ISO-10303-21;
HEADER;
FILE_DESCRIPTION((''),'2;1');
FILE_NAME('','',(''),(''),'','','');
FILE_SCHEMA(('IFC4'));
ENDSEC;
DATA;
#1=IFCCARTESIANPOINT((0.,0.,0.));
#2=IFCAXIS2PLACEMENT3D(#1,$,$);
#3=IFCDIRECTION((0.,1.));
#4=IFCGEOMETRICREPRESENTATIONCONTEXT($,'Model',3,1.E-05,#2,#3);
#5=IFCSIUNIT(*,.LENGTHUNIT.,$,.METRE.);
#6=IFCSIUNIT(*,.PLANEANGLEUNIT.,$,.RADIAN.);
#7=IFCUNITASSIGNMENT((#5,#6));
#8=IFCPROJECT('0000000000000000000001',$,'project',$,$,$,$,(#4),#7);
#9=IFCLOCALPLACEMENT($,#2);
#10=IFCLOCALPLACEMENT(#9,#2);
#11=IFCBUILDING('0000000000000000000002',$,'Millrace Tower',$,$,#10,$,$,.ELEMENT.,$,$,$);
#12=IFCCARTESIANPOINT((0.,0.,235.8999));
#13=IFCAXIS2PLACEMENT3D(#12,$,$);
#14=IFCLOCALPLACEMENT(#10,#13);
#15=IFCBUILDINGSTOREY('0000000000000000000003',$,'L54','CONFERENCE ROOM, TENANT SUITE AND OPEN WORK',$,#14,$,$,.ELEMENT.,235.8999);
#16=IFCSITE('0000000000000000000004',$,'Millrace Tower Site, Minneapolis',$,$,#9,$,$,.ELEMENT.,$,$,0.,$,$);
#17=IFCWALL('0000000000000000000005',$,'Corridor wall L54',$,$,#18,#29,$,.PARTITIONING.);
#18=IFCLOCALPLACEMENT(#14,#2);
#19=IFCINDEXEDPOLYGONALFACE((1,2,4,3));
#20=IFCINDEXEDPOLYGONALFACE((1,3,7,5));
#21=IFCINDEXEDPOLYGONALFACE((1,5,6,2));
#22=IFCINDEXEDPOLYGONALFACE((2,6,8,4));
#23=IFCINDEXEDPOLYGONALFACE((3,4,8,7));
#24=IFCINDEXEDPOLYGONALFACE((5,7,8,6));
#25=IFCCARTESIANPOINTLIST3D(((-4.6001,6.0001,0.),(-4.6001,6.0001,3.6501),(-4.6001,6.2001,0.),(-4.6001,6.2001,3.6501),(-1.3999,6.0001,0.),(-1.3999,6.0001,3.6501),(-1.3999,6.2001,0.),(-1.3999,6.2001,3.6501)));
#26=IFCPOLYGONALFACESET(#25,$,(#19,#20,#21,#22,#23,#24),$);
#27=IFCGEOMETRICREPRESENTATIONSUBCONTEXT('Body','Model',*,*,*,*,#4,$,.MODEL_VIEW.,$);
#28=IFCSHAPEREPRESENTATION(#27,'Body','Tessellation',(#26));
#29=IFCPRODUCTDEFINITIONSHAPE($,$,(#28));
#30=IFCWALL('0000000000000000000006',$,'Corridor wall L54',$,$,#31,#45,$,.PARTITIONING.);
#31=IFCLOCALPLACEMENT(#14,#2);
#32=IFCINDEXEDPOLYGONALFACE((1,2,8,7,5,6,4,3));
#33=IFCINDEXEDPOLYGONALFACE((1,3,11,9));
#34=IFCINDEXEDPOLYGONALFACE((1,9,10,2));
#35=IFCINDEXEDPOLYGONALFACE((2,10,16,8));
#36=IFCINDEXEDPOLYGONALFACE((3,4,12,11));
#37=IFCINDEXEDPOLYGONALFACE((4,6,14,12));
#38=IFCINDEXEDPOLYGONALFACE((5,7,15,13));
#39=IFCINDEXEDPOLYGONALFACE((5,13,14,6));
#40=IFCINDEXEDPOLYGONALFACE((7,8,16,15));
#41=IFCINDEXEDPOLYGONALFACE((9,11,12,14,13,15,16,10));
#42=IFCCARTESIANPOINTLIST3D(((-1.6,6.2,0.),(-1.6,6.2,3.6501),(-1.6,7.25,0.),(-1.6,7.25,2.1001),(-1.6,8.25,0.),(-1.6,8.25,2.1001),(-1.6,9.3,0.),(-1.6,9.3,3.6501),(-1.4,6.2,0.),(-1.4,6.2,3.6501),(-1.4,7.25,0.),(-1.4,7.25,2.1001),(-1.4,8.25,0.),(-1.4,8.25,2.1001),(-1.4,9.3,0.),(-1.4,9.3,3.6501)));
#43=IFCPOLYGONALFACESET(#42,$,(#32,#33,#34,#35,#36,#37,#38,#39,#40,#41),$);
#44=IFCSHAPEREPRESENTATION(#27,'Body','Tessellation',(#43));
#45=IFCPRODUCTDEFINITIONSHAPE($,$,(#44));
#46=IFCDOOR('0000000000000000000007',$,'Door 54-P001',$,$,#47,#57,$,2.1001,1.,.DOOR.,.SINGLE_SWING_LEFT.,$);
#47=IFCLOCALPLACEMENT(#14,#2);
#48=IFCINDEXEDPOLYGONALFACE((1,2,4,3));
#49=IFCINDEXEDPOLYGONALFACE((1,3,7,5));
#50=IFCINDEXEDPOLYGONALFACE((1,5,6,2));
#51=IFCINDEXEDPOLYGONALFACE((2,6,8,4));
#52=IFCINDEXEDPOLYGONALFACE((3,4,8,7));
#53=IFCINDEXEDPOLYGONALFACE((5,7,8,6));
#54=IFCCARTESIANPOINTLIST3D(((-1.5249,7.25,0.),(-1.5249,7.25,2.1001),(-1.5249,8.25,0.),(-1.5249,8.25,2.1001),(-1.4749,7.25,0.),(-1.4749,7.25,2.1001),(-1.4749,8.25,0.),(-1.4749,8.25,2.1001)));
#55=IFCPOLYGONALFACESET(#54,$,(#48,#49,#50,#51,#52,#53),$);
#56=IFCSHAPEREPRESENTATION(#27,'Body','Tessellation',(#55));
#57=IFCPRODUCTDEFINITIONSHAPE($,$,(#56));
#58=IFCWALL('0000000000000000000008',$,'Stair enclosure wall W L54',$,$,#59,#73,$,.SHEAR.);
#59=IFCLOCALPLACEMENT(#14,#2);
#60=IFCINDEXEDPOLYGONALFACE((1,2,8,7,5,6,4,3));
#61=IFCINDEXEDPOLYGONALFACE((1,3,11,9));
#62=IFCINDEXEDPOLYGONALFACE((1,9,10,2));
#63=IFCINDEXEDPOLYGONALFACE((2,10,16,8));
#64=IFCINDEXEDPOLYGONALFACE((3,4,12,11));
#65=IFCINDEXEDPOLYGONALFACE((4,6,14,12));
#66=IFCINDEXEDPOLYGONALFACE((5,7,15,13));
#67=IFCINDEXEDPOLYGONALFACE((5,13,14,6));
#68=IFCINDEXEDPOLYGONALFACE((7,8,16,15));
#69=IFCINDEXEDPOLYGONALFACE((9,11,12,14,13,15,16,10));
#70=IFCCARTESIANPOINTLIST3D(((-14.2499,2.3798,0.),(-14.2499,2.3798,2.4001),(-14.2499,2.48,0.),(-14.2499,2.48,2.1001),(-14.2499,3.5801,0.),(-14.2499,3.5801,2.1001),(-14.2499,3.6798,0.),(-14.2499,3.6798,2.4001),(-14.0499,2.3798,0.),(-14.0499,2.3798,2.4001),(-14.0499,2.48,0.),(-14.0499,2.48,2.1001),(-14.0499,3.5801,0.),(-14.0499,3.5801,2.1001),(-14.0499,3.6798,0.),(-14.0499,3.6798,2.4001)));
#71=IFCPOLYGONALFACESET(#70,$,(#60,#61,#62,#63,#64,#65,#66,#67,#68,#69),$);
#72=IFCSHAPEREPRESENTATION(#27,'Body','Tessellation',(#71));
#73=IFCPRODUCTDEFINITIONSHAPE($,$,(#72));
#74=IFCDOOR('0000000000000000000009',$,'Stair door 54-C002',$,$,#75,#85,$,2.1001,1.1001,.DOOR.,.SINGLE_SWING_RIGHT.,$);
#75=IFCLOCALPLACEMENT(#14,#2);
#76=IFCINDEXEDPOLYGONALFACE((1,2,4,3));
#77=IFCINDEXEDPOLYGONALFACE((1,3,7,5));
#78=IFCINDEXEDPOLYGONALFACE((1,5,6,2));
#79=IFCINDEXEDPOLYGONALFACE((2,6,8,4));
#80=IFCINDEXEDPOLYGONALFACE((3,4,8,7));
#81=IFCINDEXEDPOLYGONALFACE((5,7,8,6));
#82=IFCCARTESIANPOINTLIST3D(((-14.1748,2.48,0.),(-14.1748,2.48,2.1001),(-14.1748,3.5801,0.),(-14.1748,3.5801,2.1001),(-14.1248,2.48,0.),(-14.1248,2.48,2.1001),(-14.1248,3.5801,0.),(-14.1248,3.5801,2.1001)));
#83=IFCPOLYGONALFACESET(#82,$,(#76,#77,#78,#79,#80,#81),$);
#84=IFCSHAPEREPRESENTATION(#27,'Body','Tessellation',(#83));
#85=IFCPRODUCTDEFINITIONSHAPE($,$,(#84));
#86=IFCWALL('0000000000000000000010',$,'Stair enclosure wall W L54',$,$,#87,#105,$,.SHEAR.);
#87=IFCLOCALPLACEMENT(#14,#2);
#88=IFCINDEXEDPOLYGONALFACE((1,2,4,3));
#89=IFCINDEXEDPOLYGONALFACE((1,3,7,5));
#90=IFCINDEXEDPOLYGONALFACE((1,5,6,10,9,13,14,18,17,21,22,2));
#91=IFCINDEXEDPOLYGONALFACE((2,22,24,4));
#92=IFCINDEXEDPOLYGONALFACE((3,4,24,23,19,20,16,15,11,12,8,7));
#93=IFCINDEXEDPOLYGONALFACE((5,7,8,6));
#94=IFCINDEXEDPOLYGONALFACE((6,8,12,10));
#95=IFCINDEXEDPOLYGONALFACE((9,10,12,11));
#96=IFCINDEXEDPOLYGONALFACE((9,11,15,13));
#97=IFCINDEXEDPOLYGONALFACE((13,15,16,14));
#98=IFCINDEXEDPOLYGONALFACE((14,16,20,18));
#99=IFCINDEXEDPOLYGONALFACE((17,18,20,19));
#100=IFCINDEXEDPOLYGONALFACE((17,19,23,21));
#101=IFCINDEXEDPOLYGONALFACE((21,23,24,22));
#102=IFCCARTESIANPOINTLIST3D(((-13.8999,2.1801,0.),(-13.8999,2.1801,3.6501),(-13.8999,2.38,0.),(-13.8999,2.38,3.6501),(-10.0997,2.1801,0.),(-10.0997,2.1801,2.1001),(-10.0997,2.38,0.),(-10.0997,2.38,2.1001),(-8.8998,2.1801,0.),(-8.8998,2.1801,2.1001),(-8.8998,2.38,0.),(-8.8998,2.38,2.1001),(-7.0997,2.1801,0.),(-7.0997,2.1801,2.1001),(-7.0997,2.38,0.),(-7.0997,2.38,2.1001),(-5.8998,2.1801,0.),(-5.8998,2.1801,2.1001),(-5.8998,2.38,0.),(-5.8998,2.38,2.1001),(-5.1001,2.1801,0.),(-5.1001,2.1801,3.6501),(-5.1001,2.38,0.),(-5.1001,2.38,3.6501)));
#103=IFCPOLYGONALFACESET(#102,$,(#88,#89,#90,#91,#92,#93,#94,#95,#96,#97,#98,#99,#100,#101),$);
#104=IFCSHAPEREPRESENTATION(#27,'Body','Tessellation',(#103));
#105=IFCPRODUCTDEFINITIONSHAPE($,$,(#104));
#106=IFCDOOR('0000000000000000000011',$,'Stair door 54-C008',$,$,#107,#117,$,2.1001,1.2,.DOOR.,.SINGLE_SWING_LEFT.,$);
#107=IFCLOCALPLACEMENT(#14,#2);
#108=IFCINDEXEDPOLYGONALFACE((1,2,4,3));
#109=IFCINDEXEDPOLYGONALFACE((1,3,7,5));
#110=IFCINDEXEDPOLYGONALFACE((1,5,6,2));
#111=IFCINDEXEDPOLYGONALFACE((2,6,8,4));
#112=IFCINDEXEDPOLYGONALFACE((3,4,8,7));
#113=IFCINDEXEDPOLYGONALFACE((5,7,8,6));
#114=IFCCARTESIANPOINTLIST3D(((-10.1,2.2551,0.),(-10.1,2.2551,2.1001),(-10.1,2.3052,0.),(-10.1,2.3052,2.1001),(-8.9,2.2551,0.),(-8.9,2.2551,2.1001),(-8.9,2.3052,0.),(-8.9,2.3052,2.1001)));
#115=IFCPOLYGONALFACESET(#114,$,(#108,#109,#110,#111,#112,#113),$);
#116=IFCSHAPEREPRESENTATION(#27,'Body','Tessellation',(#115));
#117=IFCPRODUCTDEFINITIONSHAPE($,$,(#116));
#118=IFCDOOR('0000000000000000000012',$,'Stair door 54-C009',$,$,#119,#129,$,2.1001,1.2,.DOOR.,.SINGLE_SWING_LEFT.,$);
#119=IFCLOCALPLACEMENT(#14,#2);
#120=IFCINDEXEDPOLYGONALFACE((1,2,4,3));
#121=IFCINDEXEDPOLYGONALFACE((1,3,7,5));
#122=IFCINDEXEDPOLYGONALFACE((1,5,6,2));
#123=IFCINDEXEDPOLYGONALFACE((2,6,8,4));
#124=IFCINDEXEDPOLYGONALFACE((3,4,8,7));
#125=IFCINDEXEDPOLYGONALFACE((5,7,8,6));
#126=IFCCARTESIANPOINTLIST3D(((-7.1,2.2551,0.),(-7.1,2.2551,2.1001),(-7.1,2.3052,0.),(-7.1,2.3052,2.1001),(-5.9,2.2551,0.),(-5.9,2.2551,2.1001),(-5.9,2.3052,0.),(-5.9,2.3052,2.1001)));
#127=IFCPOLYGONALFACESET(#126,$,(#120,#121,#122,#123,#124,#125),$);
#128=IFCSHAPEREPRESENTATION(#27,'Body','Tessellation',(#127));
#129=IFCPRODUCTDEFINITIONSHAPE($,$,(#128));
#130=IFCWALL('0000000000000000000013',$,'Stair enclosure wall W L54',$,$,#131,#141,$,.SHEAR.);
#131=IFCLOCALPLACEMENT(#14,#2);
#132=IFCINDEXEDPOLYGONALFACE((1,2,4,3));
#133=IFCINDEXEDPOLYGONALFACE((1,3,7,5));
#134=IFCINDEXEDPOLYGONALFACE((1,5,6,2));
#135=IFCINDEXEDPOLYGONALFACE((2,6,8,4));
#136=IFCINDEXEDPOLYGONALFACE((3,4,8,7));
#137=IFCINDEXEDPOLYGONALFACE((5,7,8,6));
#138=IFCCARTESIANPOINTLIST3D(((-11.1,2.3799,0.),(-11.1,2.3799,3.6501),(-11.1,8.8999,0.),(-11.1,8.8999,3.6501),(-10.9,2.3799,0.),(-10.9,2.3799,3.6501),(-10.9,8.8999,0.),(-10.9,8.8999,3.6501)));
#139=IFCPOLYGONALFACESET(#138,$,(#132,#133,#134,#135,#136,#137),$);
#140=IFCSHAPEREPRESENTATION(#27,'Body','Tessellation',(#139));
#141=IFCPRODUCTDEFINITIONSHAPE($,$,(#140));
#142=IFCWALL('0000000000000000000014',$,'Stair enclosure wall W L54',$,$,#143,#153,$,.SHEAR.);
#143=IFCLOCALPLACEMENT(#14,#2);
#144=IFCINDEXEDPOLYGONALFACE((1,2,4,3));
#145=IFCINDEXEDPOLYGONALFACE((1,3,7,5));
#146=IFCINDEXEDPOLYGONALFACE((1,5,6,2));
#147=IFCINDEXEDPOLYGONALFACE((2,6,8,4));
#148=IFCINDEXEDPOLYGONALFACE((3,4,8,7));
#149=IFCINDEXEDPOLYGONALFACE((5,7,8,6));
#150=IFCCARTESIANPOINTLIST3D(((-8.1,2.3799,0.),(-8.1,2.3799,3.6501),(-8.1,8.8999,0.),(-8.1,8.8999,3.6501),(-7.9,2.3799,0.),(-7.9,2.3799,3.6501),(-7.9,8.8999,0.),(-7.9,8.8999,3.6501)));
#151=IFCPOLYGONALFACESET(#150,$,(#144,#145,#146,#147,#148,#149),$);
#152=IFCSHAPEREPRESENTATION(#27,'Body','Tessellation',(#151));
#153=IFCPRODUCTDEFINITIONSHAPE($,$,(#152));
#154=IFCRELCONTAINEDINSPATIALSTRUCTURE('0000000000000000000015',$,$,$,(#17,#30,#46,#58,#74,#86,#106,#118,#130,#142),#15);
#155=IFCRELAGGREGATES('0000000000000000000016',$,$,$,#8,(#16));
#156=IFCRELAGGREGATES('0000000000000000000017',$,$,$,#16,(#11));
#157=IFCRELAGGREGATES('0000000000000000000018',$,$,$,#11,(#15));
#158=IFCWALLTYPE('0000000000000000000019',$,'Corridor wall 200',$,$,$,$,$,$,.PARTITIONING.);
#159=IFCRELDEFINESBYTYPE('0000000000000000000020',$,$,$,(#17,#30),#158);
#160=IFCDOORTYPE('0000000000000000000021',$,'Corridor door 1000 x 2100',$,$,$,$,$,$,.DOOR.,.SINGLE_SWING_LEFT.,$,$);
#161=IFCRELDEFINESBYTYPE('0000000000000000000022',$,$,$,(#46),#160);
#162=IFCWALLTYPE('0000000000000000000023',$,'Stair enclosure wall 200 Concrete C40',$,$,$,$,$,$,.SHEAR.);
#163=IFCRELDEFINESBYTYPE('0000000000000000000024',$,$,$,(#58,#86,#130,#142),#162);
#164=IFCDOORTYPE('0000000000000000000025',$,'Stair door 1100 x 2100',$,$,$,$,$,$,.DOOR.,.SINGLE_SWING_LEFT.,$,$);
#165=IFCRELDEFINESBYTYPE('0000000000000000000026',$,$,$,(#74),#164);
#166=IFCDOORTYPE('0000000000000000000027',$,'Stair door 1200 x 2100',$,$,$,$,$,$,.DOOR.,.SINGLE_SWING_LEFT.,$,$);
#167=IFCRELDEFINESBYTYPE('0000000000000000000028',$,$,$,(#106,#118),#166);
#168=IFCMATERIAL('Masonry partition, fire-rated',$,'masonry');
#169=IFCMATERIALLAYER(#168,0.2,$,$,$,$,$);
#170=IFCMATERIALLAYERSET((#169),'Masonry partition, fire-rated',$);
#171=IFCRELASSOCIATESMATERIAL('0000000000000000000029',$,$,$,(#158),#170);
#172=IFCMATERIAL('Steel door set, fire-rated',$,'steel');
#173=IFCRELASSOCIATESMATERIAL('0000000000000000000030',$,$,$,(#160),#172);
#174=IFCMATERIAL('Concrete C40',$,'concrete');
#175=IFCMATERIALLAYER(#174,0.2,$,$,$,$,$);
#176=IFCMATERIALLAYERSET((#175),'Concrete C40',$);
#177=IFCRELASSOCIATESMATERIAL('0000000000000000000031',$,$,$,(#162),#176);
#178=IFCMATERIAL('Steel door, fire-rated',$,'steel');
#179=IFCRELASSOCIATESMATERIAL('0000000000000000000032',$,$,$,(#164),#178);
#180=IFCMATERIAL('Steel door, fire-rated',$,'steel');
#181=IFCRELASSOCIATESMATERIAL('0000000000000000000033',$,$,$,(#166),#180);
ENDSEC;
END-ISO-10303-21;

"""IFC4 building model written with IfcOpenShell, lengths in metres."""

from ifc_helpers import new_model, si_unit, direction, frame, frame_2d, origin, place, context, subcontext, project, spatial, rectangle, extrude, material, layer, layer_set, type_object, element, fill, save


model = new_model("IFC4")

# Units and contexts
model_context = context("Model", 3, precision=1e-05, world=origin(), true_north=direction((0.0, 1.0)))
body_context = subcontext(model_context, "Body", "Model", "MODEL_VIEW")
ifc_project = project(units=[si_unit("LENGTHUNIT", "METRE"), si_unit("PLANEANGLEUNIT", "RADIAN")], contexts=[model_context])

# Site, building, storey
site_placement = place(None, origin())
site = spatial("IfcSite", under=ifc_project, at=site_placement, Name="Millrace Tower Site, Minneapolis", CompositionType="ELEMENT", RefElevation=0.0)
building_placement = place(site_placement, origin())
building = spatial("IfcBuilding", under=site, at=building_placement, Name="Millrace Tower", CompositionType="ELEMENT")
storey_placement = place(building_placement, frame((0.0, 0.0, 235.8999)))
storey = spatial("IfcBuildingStorey", under=building, at=storey_placement, Name="L54", Description="CONFERENCE ROOM, TENANT SUITE AND OPEN WORK", CompositionType="ELEMENT", Elevation=235.8999)

# Wall
ifc_material_1 = material(Name="Masonry partition, fire-rated", Category="masonry")
ifc_layer_1 = layer(ifc_material_1, 0.2)
ifc_layer_set_1 = layer_set([ifc_layer_1], Name="Masonry partition, fire-rated")
wall_type_1 = type_object("IfcWallType", Name="Corridor wall 200", PredefinedType="PARTITIONING", material=ifc_layer_set_1)
wall_1_placement = place(storey_placement, frame((-4.6001, 6.1001, 0.0), z_axis=(0.0, 0.0, 1.0), x_axis=(1.0, 0.0, 0.0)))
element("IfcWall", 1, at=wall_1_placement, inside=storey, type_object=wall_type_1, Name="Corridor wall L54", PredefinedType="PARTITIONING", context=body_context, shape_type="SweptSolid", body=[
    extrude(rectangle(XDim=3.2002, YDim=0.2, at=frame_2d((1.6001, 0.0))), origin(), (0.0, 0.0, 1.0), 3.6501),
])

# Walls, openings, doors
wall_2_placement = place(storey_placement, frame((-1.5, 6.2, 0.0), z_axis=(0.0, 0.0, 1.0), x_axis=(0.0, 1.0, 0.0)))
wall_2 = element("IfcWall", 2, at=wall_2_placement, inside=storey, type_object=wall_type_1, Name="Corridor wall L54", PredefinedType="PARTITIONING", context=body_context, shape_type="SweptSolid", body=[
    extrude(rectangle(XDim=3.1001, YDim=0.2, at=frame_2d((1.55, 0.0))), origin(), (0.0, 0.0, 1.0), 3.6501),
])
opening_1_placement = place(wall_2_placement, frame((1.05, 0.0, 0.0)))
opening_1 = element("IfcOpeningElement", 3, at=opening_1_placement, cuts=wall_2, PredefinedType="OPENING", context=body_context, shape_type="SweptSolid", body=[
    extrude(rectangle(XDim=1.0, YDim=2.1001, at=frame_2d((0.5, 1.05))), frame((0.0, 0.1099, 0.0), z_axis=(0.0, -1.0, 0.0), x_axis=(1.0, 0.0, 0.0)), (0.0, 0.0, 1.0), 0.22),
])
ifc_material_2 = material(Name="Steel door set, fire-rated", Category="steel")
door_type_1 = type_object("IfcDoorType", Name="Corridor door 1000 x 2100", OperationType="SINGLE_SWING_LEFT", PredefinedType="DOOR", material=ifc_material_2)
door_1_placement = place(opening_1_placement, origin())
door_1 = element("IfcDoor", 4, at=door_1_placement, inside=storey, type_object=door_type_1, Name="Door 54-P001", OperationType="SINGLE_SWING_LEFT", OverallHeight=2.1001, OverallWidth=1.0, PredefinedType="DOOR", context=body_context, shape_type="SweptSolid", body=[
    extrude(rectangle(XDim=1.0, YDim=2.1001, at=frame_2d((0.5, 1.05))), frame((0.0, 0.0249, 0.0), z_axis=(0.0, -1.0, 0.0), x_axis=(1.0, 0.0, 0.0)), (0.0, 0.0, 1.0), 0.05),
])
fill(opening_1, door_1)
ifc_material_3 = material(Name="Concrete C40", Category="concrete")
ifc_layer_2 = layer(ifc_material_3, 0.2)
ifc_layer_set_2 = layer_set([ifc_layer_2], Name="Concrete C40")
wall_type_2 = type_object("IfcWallType", Name="Stair enclosure wall 200 Concrete C40", PredefinedType="SHEAR", material=ifc_layer_set_2)
wall_3_placement = place(storey_placement, frame((-14.1499, 2.3799, 0.0), z_axis=(0.0, 0.0, 1.0), x_axis=(0.0, 1.0, 0.0)))
wall_3 = element("IfcWall", 5, at=wall_3_placement, inside=storey, type_object=wall_type_2, Name="Stair enclosure wall W L54", PredefinedType="SHEAR", context=body_context, shape_type="SweptSolid", body=[
    extrude(rectangle(XDim=1.3, YDim=0.2, at=frame_2d((0.6499, 0.0))), origin(), (0.0, 0.0, 1.0), 2.4001),
])
opening_2_placement = place(wall_3_placement, frame((0.1001, 0.0, 0.0)))
opening_2 = element("IfcOpeningElement", 6, at=opening_2_placement, cuts=wall_3, PredefinedType="OPENING", context=body_context, shape_type="SweptSolid", body=[
    extrude(rectangle(XDim=1.1001, YDim=2.1001, at=frame_2d((0.55, 1.05))), frame((0.0, 0.1099, 0.0), z_axis=(0.0, -1.0, 0.0), x_axis=(1.0, 0.0, 0.0)), (0.0, 0.0, 1.0), 0.22),
])
ifc_material_4 = material(Name="Steel door, fire-rated", Category="steel")
door_type_2 = type_object("IfcDoorType", Name="Stair door 1100 x 2100", OperationType="SINGLE_SWING_LEFT", PredefinedType="DOOR", material=ifc_material_4)
door_2_placement = place(opening_2_placement, origin())
door_2 = element("IfcDoor", 7, at=door_2_placement, inside=storey, type_object=door_type_2, Name="Stair door 54-C002", OperationType="SINGLE_SWING_RIGHT", OverallHeight=2.1001, OverallWidth=1.1001, PredefinedType="DOOR", context=body_context, shape_type="SweptSolid", body=[
    extrude(rectangle(XDim=1.1001, YDim=2.1001, at=frame_2d((0.55, 1.05))), frame((0.0, 0.0249, 0.0), z_axis=(0.0, -1.0, 0.0), x_axis=(1.0, 0.0, 0.0)), (0.0, 0.0, 1.0), 0.05),
])
fill(opening_2, door_2)

# Wall, openings, doors
wall_4_placement = place(storey_placement, frame((-13.8999, 2.28, 0.0), z_axis=(0.0, 0.0, 1.0), x_axis=(1.0, 0.0, 0.0)))
wall_4 = element("IfcWall", 8, at=wall_4_placement, inside=storey, type_object=wall_type_2, Name="Stair enclosure wall W L54", PredefinedType="SHEAR", context=body_context, shape_type="SweptSolid", body=[
    extrude(rectangle(XDim=8.7998, YDim=0.2, at=frame_2d((4.3999, 0.0))), origin(), (0.0, 0.0, 1.0), 3.6501),
])
opening_3_placement = place(wall_4_placement, frame((3.8, 0.0, 0.0)))
opening_3 = element("IfcOpeningElement", 9, at=opening_3_placement, cuts=wall_4, PredefinedType="OPENING", context=body_context, shape_type="SweptSolid", body=[
    extrude(rectangle(XDim=1.2, YDim=2.1001, at=frame_2d((0.6001, 1.05))), frame((0.0, 0.1099, 0.0), z_axis=(0.0, -1.0, 0.0), x_axis=(1.0, 0.0, 0.0)), (0.0, 0.0, 1.0), 0.22),
])
opening_4_placement = place(wall_4_placement, frame((6.8, 0.0, 0.0)))
opening_4 = element("IfcOpeningElement", 10, at=opening_4_placement, cuts=wall_4, PredefinedType="OPENING", context=body_context, shape_type="SweptSolid", body=[
    extrude(rectangle(XDim=1.2, YDim=2.1001, at=frame_2d((0.6001, 1.05))), frame((0.0, 0.1099, 0.0), z_axis=(0.0, -1.0, 0.0), x_axis=(1.0, 0.0, 0.0)), (0.0, 0.0, 1.0), 0.22),
])
ifc_material_5 = material(Name="Steel door, fire-rated", Category="steel")
door_type_3 = type_object("IfcDoorType", Name="Stair door 1200 x 2100", OperationType="SINGLE_SWING_LEFT", PredefinedType="DOOR", material=ifc_material_5)
door_3_placement = place(opening_3_placement, frame((1.2, 0.0, 0.0), z_axis=(0.0, 0.0, 1.0), x_axis=(-1.0, 0.0, 0.0)))
door_3 = element("IfcDoor", 11, at=door_3_placement, inside=storey, type_object=door_type_3, Name="Stair door 54-C008", OperationType="SINGLE_SWING_LEFT", OverallHeight=2.1001, OverallWidth=1.2, PredefinedType="DOOR", context=body_context, shape_type="SweptSolid", body=[
    extrude(rectangle(XDim=1.2, YDim=2.1001, at=frame_2d((0.6001, 1.05))), frame((0.0, 0.0249, 0.0), z_axis=(0.0, -1.0, 0.0), x_axis=(1.0, 0.0, 0.0)), (0.0, 0.0, 1.0), 0.05),
])
fill(opening_3, door_3)
door_4_placement = place(opening_4_placement, frame((1.2, 0.0, 0.0), z_axis=(0.0, 0.0, 1.0), x_axis=(-1.0, 0.0, 0.0)))
door_4 = element("IfcDoor", 12, at=door_4_placement, inside=storey, type_object=door_type_3, Name="Stair door 54-C009", OperationType="SINGLE_SWING_LEFT", OverallHeight=2.1001, OverallWidth=1.2, PredefinedType="DOOR", context=body_context, shape_type="SweptSolid", body=[
    extrude(rectangle(XDim=1.2, YDim=2.1001, at=frame_2d((0.6001, 1.05))), frame((0.0, 0.0249, 0.0), z_axis=(0.0, -1.0, 0.0), x_axis=(1.0, 0.0, 0.0)), (0.0, 0.0, 1.0), 0.05),
])
fill(opening_4, door_4)

# Walls
for number, where, z_axis, x_axis, name in (
    (13, (-11.0, 2.3799, 0.0), (0.0, 0.0, 1.0), (0.0, 1.0, 0.0), "Stair enclosure wall W L54"),
    (14, (-8.0, 2.3799, 0.0), (0.0, 0.0, 1.0), (0.0, 1.0, 0.0), "Stair enclosure wall W L54"),
):
    element("IfcWall", number, at=place(storey_placement, frame(where, z_axis=z_axis, x_axis=x_axis)), inside=storey, type_object=wall_type_2, Name=name, PredefinedType="SHEAR", context=body_context, shape_type="SweptSolid", body=[
        extrude(rectangle(XDim=6.52, YDim=0.2, at=frame_2d((3.26, 0.0))), origin(), (0.0, 0.0, 1.0), 3.6501),
    ])

save(model, "model.ifc")
